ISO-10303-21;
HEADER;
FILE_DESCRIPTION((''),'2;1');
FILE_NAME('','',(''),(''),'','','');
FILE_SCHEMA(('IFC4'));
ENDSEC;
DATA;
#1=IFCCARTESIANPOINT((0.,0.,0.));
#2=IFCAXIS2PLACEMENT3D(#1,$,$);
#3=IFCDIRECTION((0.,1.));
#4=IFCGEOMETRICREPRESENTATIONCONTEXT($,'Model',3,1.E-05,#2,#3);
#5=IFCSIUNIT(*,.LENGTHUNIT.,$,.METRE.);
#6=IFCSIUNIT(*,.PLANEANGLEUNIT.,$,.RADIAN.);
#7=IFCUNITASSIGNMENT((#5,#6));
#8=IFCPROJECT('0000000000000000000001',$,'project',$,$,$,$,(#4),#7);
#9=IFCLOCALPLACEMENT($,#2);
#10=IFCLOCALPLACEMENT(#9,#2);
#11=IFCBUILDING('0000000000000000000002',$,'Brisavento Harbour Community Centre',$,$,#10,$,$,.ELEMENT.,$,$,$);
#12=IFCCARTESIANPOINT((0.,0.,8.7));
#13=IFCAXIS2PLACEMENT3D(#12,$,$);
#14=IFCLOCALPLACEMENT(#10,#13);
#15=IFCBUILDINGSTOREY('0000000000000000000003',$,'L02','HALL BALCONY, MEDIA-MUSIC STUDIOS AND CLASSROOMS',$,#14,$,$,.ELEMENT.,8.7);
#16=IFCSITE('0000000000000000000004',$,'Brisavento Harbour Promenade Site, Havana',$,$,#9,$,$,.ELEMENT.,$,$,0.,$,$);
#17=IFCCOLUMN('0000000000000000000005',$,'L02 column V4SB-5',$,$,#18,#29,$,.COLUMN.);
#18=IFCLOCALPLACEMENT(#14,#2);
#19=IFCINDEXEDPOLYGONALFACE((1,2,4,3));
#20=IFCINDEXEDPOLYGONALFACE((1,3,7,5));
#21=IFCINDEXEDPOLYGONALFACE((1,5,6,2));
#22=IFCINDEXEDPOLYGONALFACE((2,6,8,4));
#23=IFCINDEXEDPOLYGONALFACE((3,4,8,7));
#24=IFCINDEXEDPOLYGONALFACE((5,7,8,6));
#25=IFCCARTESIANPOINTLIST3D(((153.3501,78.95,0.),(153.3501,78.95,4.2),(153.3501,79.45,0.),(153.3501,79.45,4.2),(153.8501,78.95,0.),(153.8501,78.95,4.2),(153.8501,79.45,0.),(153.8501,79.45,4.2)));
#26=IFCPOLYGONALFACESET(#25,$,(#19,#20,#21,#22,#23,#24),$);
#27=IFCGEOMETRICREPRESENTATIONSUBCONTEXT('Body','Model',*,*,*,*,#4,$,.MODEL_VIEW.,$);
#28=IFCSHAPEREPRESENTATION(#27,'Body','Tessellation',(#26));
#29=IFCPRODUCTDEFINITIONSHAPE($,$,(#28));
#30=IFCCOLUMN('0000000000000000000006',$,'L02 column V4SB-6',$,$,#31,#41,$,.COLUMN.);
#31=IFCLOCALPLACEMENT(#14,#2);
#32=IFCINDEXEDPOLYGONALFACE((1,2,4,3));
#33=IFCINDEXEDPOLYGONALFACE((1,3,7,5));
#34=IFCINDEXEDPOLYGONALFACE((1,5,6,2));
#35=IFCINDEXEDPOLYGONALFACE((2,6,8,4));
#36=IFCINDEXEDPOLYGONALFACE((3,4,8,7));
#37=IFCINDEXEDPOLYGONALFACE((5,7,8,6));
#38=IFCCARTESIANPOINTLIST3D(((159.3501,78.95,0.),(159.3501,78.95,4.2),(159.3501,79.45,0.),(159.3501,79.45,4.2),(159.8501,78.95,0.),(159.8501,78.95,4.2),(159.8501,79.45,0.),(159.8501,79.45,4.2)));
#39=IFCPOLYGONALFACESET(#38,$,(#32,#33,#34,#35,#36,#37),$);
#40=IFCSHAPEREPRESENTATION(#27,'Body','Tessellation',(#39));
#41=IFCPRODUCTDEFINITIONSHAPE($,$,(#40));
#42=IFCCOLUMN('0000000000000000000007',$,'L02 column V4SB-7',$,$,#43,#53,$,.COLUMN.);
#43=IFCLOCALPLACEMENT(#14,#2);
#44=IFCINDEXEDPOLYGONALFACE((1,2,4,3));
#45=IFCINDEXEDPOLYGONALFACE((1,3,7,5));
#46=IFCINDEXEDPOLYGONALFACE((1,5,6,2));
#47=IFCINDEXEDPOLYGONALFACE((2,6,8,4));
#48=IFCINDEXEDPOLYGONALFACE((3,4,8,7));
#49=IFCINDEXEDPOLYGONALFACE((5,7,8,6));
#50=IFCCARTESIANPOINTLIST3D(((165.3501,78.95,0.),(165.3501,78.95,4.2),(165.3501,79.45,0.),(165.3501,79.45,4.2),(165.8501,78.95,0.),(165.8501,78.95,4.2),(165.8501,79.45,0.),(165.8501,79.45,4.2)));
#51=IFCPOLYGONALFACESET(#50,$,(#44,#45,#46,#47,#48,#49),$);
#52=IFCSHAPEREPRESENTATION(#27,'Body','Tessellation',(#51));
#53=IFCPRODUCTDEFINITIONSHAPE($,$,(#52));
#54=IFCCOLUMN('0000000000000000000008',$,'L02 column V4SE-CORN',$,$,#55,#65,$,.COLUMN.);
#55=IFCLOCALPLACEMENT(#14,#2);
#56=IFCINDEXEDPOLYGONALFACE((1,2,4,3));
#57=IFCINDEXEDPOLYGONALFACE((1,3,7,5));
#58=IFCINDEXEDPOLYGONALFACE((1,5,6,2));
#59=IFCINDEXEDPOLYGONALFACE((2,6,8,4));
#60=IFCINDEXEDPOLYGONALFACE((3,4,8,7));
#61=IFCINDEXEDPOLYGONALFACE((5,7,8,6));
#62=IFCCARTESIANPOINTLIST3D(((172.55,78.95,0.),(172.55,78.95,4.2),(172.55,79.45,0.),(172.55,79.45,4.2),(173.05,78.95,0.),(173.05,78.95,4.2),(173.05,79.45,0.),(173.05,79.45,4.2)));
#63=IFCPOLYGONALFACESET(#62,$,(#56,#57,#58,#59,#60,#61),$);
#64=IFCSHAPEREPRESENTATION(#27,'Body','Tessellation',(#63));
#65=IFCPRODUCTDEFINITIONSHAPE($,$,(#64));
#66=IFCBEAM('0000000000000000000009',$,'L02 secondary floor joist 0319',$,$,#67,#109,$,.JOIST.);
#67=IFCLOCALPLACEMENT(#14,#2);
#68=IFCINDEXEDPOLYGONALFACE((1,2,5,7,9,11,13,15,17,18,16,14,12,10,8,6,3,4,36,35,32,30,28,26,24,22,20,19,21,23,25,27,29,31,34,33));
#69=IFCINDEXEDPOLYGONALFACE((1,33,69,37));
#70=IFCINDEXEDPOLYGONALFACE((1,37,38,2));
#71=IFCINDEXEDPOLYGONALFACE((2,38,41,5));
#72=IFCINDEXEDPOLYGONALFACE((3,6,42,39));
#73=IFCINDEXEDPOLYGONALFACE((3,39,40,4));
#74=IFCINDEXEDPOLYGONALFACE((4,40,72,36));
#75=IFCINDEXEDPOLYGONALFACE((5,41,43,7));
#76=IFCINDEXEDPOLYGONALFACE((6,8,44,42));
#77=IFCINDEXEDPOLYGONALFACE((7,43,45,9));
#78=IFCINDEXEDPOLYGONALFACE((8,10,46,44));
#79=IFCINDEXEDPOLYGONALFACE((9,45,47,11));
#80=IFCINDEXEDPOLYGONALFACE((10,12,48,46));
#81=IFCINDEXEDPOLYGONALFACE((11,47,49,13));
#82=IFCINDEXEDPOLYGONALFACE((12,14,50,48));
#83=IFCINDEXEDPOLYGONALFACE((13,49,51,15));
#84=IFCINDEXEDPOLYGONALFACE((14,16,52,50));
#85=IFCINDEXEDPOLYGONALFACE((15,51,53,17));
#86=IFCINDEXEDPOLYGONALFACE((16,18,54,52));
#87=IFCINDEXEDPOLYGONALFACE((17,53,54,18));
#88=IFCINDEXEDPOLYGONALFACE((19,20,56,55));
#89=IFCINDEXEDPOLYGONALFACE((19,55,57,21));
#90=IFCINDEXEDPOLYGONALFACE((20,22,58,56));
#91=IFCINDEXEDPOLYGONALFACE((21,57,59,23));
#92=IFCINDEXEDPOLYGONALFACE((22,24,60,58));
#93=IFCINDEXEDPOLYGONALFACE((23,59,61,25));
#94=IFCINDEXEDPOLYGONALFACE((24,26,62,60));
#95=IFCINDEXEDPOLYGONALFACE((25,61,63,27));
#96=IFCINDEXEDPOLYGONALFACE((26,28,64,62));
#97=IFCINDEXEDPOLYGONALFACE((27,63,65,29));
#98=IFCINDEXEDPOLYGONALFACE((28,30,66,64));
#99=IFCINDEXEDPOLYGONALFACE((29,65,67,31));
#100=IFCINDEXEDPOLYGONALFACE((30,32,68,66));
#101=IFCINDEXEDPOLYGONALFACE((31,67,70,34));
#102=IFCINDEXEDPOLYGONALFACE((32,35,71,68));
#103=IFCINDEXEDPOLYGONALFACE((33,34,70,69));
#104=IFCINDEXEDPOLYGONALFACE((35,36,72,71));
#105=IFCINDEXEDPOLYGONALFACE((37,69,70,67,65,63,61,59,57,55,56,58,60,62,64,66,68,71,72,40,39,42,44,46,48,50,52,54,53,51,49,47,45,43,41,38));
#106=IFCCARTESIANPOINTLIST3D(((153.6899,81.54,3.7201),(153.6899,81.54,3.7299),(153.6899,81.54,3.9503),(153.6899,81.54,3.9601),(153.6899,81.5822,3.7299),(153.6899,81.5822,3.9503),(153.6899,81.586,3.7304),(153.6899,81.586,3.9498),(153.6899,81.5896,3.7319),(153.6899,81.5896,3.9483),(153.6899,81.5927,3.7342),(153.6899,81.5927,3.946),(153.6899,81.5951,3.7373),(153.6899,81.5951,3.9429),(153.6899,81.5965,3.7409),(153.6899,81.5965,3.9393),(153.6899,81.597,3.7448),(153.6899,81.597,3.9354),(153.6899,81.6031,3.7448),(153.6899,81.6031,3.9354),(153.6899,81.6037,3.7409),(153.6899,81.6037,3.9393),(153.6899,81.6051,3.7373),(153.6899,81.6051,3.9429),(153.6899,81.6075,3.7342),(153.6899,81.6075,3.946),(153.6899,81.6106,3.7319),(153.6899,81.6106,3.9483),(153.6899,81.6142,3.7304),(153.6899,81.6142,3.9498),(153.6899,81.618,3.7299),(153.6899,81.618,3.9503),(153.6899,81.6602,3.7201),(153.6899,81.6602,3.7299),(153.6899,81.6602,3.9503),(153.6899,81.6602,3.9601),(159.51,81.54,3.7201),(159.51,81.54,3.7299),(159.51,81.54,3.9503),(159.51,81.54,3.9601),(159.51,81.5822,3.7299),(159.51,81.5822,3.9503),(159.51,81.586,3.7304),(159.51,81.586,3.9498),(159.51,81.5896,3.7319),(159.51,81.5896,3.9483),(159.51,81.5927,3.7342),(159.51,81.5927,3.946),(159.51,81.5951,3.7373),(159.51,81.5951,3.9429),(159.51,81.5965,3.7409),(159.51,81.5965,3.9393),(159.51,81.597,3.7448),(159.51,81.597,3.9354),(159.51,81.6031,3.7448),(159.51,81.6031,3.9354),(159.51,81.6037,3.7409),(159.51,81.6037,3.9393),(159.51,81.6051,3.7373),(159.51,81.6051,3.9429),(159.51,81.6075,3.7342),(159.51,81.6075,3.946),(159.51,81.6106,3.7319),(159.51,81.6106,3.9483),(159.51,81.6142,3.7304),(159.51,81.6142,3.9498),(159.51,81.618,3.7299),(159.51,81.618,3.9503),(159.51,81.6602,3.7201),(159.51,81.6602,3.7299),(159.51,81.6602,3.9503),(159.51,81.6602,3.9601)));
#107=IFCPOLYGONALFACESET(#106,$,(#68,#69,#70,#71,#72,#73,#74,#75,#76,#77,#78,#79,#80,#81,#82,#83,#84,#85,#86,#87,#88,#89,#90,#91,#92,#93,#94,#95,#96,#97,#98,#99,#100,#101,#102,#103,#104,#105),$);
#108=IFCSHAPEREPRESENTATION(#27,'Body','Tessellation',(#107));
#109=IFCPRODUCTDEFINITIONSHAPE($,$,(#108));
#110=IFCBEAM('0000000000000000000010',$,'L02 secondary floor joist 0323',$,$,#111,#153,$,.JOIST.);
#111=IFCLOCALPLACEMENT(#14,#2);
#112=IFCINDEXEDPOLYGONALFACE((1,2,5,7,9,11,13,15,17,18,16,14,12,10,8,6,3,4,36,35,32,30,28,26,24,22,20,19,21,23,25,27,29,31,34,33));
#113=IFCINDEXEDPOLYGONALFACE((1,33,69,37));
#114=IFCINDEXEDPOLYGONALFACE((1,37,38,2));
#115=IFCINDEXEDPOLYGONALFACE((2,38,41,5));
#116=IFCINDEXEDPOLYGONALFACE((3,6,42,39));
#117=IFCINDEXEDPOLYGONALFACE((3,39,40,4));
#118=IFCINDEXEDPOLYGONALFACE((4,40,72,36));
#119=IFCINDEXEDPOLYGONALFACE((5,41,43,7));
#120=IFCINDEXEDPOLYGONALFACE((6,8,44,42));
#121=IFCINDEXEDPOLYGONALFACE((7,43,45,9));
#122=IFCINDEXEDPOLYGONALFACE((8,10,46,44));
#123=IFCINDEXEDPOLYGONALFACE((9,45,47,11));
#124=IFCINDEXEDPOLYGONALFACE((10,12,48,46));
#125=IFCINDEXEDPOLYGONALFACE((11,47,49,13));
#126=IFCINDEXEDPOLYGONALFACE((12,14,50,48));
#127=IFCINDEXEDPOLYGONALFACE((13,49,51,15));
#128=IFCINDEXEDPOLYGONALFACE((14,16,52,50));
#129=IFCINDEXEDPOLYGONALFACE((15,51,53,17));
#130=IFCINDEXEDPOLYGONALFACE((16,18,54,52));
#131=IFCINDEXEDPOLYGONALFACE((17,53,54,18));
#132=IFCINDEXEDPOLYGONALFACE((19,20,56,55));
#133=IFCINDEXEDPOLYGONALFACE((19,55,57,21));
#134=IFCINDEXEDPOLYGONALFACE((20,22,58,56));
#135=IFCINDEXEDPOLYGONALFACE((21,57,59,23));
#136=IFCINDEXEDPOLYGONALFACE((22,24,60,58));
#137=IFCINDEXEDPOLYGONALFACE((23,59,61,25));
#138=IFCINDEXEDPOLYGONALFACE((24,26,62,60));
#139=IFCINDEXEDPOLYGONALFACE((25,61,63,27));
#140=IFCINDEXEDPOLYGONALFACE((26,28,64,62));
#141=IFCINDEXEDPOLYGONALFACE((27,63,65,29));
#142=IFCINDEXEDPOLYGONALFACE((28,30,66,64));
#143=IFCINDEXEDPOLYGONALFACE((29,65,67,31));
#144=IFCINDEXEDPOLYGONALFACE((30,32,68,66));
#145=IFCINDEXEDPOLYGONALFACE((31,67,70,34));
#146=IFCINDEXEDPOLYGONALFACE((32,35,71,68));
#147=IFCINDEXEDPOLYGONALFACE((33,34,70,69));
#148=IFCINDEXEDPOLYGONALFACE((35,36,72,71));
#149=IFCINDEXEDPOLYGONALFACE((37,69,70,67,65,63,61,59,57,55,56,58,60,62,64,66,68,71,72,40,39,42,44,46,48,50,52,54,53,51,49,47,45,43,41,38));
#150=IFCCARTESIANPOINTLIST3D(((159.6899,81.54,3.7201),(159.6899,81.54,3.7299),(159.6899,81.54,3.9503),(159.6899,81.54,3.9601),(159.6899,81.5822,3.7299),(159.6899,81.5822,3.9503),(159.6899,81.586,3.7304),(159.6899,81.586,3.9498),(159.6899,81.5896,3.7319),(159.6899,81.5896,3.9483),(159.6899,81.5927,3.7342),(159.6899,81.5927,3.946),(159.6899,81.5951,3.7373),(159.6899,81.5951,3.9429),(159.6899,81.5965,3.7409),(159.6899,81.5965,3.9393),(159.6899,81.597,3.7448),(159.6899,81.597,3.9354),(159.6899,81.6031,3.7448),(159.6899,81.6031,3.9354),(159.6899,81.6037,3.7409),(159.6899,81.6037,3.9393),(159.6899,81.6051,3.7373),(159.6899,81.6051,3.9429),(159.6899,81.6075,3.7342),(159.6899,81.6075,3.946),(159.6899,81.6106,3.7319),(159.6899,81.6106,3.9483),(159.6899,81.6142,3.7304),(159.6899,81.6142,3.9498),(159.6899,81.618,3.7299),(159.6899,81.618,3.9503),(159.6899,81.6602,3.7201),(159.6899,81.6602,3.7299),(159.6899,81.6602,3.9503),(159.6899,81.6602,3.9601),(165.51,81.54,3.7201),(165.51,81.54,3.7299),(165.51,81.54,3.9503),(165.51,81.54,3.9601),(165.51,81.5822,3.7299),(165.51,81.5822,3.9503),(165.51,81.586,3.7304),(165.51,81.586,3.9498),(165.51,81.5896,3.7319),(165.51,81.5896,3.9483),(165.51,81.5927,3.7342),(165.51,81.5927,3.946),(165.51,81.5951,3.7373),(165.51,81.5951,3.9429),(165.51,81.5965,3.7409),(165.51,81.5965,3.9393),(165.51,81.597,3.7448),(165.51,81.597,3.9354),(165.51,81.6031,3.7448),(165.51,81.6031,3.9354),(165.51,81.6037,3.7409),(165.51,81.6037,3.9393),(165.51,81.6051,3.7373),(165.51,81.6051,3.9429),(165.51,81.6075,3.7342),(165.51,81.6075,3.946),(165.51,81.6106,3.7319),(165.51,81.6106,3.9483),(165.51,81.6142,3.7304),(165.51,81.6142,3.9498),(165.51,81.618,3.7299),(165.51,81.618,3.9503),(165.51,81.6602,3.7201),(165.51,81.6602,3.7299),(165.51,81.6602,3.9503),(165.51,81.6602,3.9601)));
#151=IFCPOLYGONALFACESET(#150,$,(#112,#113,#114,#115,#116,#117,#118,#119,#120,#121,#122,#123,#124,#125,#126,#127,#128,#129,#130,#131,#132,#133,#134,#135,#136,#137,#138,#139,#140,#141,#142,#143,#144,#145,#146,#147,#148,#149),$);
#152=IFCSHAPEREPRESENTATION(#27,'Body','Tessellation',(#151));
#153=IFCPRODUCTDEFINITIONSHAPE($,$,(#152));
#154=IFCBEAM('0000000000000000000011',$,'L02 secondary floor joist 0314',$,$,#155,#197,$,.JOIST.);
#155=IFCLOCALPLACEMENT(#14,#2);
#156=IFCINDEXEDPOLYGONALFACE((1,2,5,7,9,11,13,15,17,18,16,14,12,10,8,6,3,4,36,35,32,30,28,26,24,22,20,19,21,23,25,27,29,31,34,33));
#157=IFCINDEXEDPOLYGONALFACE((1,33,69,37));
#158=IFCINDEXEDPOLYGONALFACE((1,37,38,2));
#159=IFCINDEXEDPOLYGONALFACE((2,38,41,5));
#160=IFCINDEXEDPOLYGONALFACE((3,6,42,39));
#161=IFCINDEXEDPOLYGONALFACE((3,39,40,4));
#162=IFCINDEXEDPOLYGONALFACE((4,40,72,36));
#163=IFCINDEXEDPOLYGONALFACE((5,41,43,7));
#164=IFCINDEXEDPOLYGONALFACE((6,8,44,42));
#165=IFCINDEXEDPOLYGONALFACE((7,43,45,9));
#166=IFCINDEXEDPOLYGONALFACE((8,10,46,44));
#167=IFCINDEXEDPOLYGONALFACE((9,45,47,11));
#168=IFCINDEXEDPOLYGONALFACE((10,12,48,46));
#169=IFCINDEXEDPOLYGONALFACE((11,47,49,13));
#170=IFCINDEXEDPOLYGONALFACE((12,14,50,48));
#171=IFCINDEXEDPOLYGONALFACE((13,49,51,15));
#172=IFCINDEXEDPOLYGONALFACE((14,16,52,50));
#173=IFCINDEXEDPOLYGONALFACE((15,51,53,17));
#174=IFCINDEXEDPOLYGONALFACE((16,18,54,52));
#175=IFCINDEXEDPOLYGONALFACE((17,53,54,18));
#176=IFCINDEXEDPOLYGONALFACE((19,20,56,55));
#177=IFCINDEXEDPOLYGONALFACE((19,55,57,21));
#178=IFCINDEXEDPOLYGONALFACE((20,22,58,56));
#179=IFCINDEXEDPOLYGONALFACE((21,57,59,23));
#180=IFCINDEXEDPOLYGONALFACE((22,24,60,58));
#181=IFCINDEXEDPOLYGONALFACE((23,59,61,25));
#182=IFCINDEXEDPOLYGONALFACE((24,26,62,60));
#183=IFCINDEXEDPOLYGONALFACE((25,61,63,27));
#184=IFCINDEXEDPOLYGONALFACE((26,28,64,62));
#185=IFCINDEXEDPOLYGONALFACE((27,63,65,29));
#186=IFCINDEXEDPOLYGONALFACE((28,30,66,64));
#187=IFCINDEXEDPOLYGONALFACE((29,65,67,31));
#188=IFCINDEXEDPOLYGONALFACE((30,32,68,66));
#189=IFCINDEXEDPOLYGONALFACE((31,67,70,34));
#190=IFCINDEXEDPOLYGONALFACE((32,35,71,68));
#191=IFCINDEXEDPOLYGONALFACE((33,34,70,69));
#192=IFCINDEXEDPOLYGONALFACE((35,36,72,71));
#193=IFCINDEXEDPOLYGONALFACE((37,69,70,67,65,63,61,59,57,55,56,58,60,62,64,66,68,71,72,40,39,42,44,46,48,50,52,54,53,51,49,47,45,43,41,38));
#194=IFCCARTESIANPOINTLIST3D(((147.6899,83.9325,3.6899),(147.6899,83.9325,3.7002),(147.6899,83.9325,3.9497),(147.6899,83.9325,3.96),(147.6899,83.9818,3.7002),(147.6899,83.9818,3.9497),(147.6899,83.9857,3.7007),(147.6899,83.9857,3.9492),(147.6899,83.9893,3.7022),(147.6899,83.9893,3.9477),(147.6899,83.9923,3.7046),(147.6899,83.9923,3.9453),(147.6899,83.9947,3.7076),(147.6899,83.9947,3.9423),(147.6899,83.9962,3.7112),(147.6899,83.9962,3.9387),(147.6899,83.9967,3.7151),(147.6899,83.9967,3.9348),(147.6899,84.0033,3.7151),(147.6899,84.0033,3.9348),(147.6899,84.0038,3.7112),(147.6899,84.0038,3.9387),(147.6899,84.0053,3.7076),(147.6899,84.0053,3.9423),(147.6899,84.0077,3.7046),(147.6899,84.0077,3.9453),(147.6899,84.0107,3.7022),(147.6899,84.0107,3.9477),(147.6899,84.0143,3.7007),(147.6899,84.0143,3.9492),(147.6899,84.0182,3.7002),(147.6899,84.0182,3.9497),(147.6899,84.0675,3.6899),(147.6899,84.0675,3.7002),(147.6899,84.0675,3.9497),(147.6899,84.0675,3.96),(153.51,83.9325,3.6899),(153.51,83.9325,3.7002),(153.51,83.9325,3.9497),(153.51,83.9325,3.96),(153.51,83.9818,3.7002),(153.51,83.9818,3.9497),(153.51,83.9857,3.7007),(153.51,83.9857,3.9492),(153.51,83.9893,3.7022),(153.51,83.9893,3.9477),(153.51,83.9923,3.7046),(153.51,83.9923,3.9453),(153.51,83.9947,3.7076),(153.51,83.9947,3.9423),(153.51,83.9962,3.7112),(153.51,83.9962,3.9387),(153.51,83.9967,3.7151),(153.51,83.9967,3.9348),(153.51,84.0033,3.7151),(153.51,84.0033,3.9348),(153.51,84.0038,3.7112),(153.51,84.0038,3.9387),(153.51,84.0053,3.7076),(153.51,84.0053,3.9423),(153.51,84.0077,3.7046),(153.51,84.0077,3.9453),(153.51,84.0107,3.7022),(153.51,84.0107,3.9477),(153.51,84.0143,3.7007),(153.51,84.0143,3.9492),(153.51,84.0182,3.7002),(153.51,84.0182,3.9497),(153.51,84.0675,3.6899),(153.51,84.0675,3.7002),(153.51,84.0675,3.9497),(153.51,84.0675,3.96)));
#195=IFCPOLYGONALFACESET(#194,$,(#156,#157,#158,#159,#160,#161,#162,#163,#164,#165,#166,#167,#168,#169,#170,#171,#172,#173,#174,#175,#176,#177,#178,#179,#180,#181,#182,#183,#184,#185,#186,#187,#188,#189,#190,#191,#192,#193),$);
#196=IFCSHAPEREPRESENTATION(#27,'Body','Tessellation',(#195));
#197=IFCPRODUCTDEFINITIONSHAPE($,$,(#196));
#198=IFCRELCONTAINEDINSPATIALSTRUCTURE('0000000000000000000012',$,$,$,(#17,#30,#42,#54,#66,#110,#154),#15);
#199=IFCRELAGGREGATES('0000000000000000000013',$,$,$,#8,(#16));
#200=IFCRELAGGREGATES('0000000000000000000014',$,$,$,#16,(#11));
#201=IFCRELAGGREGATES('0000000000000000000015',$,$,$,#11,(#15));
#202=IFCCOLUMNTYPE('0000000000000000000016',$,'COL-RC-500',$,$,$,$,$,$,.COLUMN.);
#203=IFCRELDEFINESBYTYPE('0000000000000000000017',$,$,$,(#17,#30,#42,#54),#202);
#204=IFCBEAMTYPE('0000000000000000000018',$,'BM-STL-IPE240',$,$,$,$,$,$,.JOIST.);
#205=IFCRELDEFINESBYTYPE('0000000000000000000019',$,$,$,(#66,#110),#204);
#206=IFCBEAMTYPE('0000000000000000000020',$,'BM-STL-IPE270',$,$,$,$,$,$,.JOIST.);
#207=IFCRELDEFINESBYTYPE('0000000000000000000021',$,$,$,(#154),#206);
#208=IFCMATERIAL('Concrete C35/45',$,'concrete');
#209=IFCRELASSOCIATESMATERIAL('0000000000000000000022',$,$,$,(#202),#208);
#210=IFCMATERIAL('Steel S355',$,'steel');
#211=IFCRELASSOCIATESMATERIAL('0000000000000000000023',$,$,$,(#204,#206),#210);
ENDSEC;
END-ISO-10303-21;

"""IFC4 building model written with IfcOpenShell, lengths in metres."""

from ifc_helpers import new_model, si_unit, direction, frame, origin, origin_2d, place, context, subcontext, project, spatial, rectangle, i_section, extrude, material, material_profile, profile_set, type_object, element, save


model = new_model("IFC4")

# Units and contexts
model_context = context("Model", 3, precision=1e-05, world=origin(), true_north=direction((0.0, 1.0)))
body_context = subcontext(model_context, "Body", "Model", "MODEL_VIEW")
ifc_project = project(units=[si_unit("LENGTHUNIT", "METRE"), si_unit("PLANEANGLEUNIT", "RADIAN")], contexts=[model_context])

# Site, building, storey
site_placement = place(None, origin())
site = spatial("IfcSite", under=ifc_project, at=site_placement, Name="Brisavento Harbour Promenade Site, Havana", CompositionType="ELEMENT", RefElevation=0.0)
building_placement = place(site_placement, origin())
building = spatial("IfcBuilding", under=site, at=building_placement, Name="Brisavento Harbour Community Centre", CompositionType="ELEMENT")
storey_placement = place(building_placement, frame((0.0, 0.0, 8.7)))
storey = spatial("IfcBuildingStorey", under=building, at=storey_placement, Name="L02", Description="HALL BALCONY, MEDIA-MUSIC STUDIOS AND CLASSROOMS", CompositionType="ELEMENT", Elevation=8.7)

# Columns
ifc_material_1 = material(Name="Concrete C35/45", Category="concrete")
ifc_material_profile_1 = material_profile(ifc_material_1, rectangle(XDim=0.5, YDim=0.5, at=origin_2d()), Name="Concrete C35/45")
ifc_profile_set_1 = profile_set([ifc_material_profile_1], Name="Concrete C35/45")
column_type = type_object("IfcColumnType", Name="COL-RC-500", PredefinedType="COLUMN", material=ifc_profile_set_1)
for number, where, z_axis, x_axis, name in (
    (1, (153.6001, 79.2, 0.0), (0.0, 0.0, 1.0), (1.0, 0.0, 0.0), "L02 column V4SB-5"),
    (2, (159.6001, 79.2, 0.0), (0.0, 0.0, 1.0), (1.0, 0.0, 0.0), "L02 column V4SB-6"),
    (3, (165.6001, 79.2, 0.0), (0.0, 0.0, 1.0), (1.0, 0.0, 0.0), "L02 column V4SB-7"),
    (4, (172.8, 79.2, 0.0), (0.0, 0.0, 1.0), (1.0, 0.0, 0.0), "L02 column V4SE-CORN"),
):
    element("IfcColumn", number, at=place(storey_placement, frame(where, z_axis=z_axis, x_axis=x_axis)), inside=storey, type_object=column_type, Name=name, PredefinedType="COLUMN", context=body_context, shape_type="SweptSolid", body=[
        extrude(rectangle(XDim=0.5, YDim=0.5, at=origin_2d()), origin(), (0.0, 0.0, 1.0), 4.2),
    ])

# Beams
ifc_material_2 = material(Name="Steel S355", Category="steel")
ifc_material_profile_2 = material_profile(ifc_material_2, i_section(OverallWidth=0.1201, OverallDepth=0.24, WebThickness=0.0061, FlangeThickness=0.0098, FilletRadius=0.0149, at=origin_2d()), Name="Steel S355")
ifc_profile_set_2 = profile_set([ifc_material_profile_2], Name="Steel S355")
beam_type_1 = type_object("IfcBeamType", Name="BM-STL-IPE240", PredefinedType="JOIST", material=ifc_profile_set_2)
for number, where, z_axis, x_axis, name in (
    (5, (153.6899, 81.6001, 3.8401), (1.0, 0.0, 0.0), (0.0, 1.0, 0.0), "L02 secondary floor joist 0319"),
    (6, (159.6899, 81.6001, 3.8401), (1.0, 0.0, 0.0), (0.0, 1.0, 0.0), "L02 secondary floor joist 0323"),
):
    element("IfcBeam", number, at=place(storey_placement, frame(where, z_axis=z_axis, x_axis=x_axis)), inside=storey, type_object=beam_type_1, Name=name, PredefinedType="JOIST", context=body_context, shape_type="SweptSolid", body=[
        extrude(i_section(OverallWidth=0.1201, OverallDepth=0.24, WebThickness=0.0061, FlangeThickness=0.0098, FilletRadius=0.0149, at=origin_2d()), origin(), (0.0, 0.0, 1.0), 5.8201),
    ])
ifc_material_profile_3 = material_profile(ifc_material_2, i_section(OverallWidth=0.135, OverallDepth=0.27, WebThickness=0.0066, FlangeThickness=0.0103, FilletRadius=0.0149, at=origin_2d()), Name="Steel S355")
ifc_profile_set_3 = profile_set([ifc_material_profile_3], Name="Steel S355")
beam_type_2 = type_object("IfcBeamType", Name="BM-STL-IPE270", PredefinedType="JOIST", material=ifc_profile_set_3)
beam_1_placement = place(storey_placement, frame((147.6899, 84.0, 3.825), z_axis=(1.0, 0.0, 0.0), x_axis=(0.0, 1.0, 0.0)))
element("IfcBeam", 7, at=beam_1_placement, inside=storey, type_object=beam_type_2, Name="L02 secondary floor joist 0314", PredefinedType="JOIST", context=body_context, shape_type="SweptSolid", body=[
    extrude(i_section(OverallWidth=0.135, OverallDepth=0.27, WebThickness=0.0066, FlangeThickness=0.0103, FilletRadius=0.0149, at=origin_2d()), origin(), (0.0, 0.0, 1.0), 5.8201),
])

save(model, "model.ifc")
